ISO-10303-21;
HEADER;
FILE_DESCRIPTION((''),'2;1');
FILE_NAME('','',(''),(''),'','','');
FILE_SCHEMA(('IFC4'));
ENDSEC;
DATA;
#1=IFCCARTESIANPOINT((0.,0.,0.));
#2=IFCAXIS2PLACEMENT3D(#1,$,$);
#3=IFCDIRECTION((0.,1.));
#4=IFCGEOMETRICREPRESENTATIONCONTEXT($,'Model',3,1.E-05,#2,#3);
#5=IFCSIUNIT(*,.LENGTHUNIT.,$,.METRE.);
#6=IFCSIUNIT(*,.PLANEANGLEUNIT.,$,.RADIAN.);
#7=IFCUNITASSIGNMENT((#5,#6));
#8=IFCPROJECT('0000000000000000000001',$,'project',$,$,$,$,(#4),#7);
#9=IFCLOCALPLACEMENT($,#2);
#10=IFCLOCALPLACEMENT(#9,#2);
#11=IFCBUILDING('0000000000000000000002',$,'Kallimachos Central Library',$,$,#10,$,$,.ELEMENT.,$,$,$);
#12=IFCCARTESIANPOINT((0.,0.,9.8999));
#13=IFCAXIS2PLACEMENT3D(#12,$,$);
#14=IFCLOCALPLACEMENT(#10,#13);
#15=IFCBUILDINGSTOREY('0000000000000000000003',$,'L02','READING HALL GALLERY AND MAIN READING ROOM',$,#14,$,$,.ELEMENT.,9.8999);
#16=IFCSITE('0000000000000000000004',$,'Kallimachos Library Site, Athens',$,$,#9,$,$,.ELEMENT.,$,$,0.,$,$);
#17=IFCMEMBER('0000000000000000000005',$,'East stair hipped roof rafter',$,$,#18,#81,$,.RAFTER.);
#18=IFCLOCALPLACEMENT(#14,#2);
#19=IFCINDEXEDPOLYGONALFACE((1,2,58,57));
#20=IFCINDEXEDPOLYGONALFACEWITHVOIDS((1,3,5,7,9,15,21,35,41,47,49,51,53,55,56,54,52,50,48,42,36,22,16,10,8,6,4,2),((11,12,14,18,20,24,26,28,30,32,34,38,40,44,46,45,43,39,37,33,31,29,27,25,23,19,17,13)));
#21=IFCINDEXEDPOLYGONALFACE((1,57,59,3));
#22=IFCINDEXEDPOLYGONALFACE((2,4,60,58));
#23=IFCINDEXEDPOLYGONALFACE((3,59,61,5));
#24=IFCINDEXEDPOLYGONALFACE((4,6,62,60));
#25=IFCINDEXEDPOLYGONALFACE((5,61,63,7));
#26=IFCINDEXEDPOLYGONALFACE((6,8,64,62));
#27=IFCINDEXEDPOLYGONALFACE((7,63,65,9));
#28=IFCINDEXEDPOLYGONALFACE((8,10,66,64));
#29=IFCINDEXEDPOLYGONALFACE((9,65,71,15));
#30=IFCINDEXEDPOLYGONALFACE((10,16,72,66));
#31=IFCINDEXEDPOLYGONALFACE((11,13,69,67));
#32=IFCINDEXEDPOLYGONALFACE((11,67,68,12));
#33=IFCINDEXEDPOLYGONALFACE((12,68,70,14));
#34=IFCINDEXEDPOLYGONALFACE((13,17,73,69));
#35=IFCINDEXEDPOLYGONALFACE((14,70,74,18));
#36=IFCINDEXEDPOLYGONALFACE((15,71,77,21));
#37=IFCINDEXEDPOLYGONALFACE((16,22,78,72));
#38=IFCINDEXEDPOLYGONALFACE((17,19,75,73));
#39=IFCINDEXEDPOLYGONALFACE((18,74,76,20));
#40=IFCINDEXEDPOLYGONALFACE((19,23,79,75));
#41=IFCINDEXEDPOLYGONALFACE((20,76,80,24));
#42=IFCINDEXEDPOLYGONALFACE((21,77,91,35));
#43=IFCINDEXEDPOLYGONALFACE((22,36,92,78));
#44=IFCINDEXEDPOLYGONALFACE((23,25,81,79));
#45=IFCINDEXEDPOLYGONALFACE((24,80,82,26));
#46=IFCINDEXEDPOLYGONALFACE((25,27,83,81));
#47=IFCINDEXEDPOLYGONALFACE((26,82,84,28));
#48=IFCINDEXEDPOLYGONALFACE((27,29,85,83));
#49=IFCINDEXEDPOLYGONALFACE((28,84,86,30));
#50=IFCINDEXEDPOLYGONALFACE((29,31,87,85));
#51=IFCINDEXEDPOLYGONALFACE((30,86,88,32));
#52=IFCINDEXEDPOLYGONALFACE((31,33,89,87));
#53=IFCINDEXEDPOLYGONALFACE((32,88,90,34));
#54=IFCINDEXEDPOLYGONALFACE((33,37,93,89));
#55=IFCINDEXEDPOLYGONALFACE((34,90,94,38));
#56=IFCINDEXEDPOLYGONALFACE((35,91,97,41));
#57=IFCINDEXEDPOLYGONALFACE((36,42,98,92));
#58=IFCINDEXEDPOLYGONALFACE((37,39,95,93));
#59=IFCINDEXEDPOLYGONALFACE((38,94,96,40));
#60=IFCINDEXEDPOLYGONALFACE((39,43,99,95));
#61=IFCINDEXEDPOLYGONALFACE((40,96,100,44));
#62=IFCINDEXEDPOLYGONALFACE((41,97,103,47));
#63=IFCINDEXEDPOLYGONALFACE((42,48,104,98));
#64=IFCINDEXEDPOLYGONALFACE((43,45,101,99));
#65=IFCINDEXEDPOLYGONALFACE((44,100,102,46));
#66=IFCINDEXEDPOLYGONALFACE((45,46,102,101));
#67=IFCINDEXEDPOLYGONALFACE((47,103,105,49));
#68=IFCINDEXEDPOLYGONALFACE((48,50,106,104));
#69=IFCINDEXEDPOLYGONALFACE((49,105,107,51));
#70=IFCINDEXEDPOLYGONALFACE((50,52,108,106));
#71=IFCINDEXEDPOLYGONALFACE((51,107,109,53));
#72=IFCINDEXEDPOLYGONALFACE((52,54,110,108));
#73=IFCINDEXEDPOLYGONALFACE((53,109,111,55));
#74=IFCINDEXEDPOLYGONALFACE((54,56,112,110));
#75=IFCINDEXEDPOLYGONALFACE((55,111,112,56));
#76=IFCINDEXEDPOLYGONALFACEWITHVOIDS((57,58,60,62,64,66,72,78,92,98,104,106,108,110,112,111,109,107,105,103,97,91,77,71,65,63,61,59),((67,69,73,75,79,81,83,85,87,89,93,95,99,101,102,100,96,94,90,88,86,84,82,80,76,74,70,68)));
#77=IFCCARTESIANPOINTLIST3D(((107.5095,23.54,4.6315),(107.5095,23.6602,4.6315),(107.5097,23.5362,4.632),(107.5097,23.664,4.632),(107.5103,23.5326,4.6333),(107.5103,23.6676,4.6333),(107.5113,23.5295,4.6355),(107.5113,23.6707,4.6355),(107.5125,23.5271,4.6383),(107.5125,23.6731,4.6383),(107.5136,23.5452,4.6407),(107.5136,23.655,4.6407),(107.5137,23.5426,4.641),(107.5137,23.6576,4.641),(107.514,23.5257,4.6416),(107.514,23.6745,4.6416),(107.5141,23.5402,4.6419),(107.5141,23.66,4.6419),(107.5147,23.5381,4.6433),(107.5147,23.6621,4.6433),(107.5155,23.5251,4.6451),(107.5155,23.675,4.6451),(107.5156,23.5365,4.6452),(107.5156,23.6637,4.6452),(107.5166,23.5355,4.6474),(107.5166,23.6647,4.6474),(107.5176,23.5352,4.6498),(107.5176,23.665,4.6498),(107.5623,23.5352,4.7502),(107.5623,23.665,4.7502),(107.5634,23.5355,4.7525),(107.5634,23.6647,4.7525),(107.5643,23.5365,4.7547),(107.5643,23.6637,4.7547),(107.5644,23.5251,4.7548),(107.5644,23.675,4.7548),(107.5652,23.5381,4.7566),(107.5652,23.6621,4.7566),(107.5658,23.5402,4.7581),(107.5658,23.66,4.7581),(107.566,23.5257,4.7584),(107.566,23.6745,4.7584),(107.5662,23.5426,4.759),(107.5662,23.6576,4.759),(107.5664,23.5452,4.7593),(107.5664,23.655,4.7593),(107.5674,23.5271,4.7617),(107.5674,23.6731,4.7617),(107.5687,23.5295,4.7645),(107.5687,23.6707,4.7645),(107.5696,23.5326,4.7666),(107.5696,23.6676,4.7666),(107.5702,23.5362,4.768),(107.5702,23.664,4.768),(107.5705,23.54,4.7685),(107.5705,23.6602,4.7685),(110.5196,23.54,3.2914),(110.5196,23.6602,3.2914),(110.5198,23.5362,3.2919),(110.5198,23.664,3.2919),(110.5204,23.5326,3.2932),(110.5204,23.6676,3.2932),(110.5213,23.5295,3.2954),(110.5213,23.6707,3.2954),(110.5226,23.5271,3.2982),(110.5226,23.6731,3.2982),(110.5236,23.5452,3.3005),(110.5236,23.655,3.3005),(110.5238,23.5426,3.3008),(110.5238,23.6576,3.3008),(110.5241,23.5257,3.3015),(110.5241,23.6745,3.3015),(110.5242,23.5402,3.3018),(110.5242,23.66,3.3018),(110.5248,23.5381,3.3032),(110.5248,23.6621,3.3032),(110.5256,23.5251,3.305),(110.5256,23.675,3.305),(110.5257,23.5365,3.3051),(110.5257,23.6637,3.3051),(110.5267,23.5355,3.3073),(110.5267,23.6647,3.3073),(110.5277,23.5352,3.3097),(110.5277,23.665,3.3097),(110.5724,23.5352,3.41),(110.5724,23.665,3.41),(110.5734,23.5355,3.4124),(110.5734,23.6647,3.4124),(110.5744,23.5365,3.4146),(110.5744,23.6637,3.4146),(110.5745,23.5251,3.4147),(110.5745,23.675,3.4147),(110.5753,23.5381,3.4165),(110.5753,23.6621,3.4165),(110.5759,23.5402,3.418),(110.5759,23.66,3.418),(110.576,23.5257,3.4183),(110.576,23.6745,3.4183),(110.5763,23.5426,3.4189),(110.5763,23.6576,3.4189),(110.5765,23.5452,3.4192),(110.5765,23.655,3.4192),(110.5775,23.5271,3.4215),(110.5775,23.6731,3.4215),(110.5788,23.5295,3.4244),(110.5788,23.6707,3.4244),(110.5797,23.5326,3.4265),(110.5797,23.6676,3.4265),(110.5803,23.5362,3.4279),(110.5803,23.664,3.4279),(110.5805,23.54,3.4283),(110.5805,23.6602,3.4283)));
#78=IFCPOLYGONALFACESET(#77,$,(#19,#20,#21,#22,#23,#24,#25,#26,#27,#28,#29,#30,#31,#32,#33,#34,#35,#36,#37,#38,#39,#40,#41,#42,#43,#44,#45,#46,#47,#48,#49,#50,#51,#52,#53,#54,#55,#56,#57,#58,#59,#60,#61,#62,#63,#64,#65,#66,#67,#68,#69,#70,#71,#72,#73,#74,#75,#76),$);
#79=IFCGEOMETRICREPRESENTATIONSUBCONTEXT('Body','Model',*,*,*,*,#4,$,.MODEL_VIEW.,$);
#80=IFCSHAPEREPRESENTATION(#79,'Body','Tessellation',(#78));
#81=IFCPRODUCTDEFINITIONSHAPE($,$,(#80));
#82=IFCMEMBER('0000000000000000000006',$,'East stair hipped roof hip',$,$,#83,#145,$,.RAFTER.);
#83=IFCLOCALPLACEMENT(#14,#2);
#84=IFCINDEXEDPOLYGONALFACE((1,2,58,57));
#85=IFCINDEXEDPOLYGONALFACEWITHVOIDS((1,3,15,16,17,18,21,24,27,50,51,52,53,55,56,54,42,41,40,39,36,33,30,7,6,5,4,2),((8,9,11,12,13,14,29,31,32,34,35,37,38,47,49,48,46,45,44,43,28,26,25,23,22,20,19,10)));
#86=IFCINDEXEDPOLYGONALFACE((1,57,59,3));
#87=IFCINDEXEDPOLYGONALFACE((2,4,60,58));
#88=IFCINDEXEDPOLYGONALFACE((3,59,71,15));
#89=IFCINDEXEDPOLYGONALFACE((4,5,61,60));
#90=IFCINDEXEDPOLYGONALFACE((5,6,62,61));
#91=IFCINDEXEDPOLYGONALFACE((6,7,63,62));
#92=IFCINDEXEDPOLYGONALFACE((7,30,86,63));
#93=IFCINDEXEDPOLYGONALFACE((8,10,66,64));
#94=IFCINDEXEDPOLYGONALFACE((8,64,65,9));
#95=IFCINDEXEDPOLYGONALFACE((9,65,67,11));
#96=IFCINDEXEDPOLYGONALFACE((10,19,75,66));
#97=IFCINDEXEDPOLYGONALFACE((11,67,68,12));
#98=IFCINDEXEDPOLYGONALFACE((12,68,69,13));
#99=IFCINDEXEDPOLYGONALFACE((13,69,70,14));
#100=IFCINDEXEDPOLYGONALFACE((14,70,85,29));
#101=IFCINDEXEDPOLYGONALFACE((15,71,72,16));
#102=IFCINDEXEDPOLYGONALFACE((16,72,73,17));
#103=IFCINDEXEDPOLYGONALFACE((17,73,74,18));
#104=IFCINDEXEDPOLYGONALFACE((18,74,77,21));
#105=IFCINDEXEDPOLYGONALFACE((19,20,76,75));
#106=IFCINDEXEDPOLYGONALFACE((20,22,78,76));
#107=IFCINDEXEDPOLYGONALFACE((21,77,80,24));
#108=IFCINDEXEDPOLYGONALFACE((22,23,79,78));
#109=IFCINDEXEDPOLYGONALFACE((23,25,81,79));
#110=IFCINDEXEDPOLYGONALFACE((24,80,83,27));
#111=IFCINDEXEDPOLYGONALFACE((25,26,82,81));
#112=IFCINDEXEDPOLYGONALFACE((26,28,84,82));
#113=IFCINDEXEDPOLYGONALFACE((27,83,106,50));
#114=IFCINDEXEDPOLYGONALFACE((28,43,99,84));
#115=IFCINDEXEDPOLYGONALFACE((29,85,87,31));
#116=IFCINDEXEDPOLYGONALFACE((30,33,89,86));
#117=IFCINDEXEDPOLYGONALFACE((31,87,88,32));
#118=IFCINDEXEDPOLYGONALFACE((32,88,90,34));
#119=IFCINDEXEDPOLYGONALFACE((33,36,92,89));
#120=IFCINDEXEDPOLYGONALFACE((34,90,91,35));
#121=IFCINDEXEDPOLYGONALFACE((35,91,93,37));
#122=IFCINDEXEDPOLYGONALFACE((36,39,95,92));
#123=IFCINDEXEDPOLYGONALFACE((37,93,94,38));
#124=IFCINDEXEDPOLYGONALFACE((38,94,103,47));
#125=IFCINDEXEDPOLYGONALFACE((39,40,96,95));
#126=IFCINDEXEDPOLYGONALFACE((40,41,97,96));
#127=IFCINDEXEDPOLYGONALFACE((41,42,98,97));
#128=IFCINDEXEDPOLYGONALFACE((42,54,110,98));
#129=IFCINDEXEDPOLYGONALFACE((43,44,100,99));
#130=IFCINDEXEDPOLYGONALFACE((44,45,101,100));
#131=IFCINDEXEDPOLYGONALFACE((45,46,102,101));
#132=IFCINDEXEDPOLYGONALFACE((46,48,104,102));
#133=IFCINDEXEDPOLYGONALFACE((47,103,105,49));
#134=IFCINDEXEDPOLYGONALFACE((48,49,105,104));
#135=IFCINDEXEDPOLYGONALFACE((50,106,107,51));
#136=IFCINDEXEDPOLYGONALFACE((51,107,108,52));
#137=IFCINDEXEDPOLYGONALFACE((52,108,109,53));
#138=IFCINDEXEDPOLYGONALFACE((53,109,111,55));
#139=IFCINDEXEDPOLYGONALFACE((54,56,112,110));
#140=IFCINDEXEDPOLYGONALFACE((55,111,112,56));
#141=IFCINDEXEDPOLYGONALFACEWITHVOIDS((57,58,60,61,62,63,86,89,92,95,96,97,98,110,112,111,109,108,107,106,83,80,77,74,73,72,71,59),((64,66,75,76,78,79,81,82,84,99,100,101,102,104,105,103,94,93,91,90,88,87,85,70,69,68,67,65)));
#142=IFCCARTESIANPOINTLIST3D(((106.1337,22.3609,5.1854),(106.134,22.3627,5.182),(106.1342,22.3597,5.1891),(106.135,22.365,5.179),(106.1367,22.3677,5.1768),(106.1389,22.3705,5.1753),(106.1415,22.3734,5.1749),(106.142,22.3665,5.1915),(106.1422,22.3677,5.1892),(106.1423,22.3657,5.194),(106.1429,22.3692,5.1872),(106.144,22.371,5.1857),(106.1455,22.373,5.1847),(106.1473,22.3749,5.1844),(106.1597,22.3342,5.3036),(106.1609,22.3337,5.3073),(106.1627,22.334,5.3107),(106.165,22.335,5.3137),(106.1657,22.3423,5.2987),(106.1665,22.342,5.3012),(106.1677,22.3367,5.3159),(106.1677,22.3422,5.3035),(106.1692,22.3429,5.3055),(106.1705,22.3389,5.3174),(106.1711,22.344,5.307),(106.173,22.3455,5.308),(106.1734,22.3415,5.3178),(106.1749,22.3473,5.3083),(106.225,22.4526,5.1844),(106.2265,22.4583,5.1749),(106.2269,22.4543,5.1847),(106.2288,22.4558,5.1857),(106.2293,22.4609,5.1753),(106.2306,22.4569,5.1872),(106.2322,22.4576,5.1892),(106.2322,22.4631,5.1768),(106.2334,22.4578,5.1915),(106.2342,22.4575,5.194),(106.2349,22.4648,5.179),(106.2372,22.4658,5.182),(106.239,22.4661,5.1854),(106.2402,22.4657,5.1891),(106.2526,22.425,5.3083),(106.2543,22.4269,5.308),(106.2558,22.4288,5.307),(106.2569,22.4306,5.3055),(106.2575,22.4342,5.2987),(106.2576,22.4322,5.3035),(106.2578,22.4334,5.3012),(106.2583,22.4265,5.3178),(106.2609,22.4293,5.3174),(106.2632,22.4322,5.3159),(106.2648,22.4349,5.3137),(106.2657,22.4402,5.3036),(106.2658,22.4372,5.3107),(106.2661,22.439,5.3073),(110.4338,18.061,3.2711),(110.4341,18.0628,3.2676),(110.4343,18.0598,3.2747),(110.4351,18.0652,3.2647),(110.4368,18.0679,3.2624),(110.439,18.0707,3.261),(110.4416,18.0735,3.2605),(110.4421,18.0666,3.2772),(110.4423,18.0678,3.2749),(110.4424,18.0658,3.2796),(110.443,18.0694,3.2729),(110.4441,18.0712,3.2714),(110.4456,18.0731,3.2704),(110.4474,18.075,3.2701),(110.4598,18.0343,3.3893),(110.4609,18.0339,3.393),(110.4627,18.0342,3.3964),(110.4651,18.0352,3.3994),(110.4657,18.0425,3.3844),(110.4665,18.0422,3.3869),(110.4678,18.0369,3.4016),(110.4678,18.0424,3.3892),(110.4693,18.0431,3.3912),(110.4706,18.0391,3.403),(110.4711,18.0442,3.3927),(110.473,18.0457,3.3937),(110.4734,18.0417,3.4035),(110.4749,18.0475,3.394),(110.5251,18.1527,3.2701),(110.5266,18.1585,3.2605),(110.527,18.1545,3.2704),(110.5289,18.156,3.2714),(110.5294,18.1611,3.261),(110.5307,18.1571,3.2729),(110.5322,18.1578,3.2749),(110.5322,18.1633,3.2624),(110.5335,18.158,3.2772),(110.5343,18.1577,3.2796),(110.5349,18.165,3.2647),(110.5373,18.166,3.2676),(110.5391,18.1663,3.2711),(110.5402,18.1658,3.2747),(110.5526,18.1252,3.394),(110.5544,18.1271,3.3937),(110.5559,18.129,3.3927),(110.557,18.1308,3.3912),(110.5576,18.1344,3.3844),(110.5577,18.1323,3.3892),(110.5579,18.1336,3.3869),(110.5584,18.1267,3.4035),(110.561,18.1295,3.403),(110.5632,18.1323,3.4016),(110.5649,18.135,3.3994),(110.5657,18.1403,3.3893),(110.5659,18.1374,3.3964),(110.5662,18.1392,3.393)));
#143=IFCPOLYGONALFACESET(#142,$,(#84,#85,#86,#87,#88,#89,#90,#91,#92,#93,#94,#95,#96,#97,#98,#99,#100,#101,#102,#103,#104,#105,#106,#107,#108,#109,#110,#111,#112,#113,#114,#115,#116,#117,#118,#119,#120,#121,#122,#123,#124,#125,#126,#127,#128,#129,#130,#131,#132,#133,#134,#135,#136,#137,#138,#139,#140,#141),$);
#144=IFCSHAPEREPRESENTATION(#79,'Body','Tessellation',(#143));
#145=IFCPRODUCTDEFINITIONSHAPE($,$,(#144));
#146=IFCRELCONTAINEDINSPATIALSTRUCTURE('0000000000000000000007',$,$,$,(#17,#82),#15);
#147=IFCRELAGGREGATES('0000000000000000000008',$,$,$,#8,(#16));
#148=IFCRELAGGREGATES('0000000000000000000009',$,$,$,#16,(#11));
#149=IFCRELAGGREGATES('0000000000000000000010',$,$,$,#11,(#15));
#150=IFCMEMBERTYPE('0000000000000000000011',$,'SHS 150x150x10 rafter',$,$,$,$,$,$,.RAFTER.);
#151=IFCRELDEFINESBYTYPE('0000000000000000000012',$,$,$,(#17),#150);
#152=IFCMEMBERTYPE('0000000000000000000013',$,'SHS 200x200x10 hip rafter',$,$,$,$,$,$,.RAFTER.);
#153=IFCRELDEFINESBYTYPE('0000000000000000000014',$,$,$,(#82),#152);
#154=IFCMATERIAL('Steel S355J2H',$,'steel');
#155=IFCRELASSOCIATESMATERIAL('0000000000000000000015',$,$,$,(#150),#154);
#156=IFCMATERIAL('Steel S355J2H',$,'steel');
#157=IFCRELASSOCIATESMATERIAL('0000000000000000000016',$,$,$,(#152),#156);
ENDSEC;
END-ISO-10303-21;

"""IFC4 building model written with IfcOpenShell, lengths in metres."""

from ifc_helpers import new_model, si_unit, direction, frame, origin, origin_2d, place, context, subcontext, project, spatial, hollow_rectangle, extrude, material, material_profile, profile_set, type_object, element, save


model = new_model("IFC4")

# Units and contexts
model_context = context("Model", 3, precision=1e-05, world=origin(), true_north=direction((0.0, 1.0)))
body_context = subcontext(model_context, "Body", "Model", "MODEL_VIEW")
ifc_project = project(units=[si_unit("LENGTHUNIT", "METRE"), si_unit("PLANEANGLEUNIT", "RADIAN")], contexts=[model_context])

# Site, building, storey
site_placement = place(None, origin())
site = spatial("IfcSite", under=ifc_project, at=site_placement, Name="Kallimachos Library Site, Athens", CompositionType="ELEMENT", RefElevation=0.0)
building_placement = place(site_placement, origin())
building = spatial("IfcBuilding", under=site, at=building_placement, Name="Kallimachos Central Library", CompositionType="ELEMENT")
storey_placement = place(building_placement, frame((0.0, 0.0, 9.8999)))
storey = spatial("IfcBuildingStorey", under=building, at=storey_placement, Name="L02", Description="READING HALL GALLERY AND MAIN READING ROOM", CompositionType="ELEMENT", Elevation=9.8999)

# Members
ifc_material_1 = material(Name="Steel S355J2H", Category="steel")
ifc_material_profile_1 = material_profile(ifc_material_1, hollow_rectangle(XDim=0.1499, YDim=0.1499, WallThickness=0.01, InnerFilletRadius=0.01, OuterFilletRadius=0.0149, at=origin_2d()), Name="SHS 150x150x10")
ifc_profile_set_1 = profile_set([ifc_material_profile_1], Name="Steel S355J2H")
member_type_1 = type_object("IfcMemberType", Name="SHS 150x150x10 rafter", PredefinedType="RAFTER", material=ifc_profile_set_1)
member_1_placement = place(storey_placement, frame((110.55, 23.6001, 3.3599), z_axis=(-0.913552, 0.0, 0.406723), x_axis=(0.0, -1.0, 0.0)))
element("IfcMember", 1, at=member_1_placement, inside=storey, type_object=member_type_1, Name="East stair hipped roof rafter", PredefinedType="RAFTER", context=body_context, shape_type="SweptSolid", body=[
    extrude(hollow_rectangle(XDim=0.1499, YDim=0.1499, WallThickness=0.01, InnerFilletRadius=0.01, OuterFilletRadius=0.0149, at=origin_2d()), origin(), (0.0, 0.0, 1.0), 3.2949),
])
ifc_material_2 = material(Name="Steel S355J2H", Category="steel")
ifc_material_profile_2 = material_profile(ifc_material_2, hollow_rectangle(XDim=0.1499, YDim=0.1499, WallThickness=0.01, InnerFilletRadius=0.01, OuterFilletRadius=0.0149, at=origin_2d()), Name="SHS 150x150x10")
ifc_profile_set_2 = profile_set([ifc_material_profile_2], Name="Steel S355J2H")
member_type_2 = type_object("IfcMemberType", Name="SHS 200x200x10 hip rafter", PredefinedType="RAFTER", material=ifc_profile_set_2)
member_2_placement = place(storey_placement, frame((110.5, 18.1001, 3.332), z_axis=(-0.674495, 0.674457, 0.300273), x_axis=(-0.707087, -0.707127, 0.0)))
element("IfcMember", 2, at=member_2_placement, inside=storey, type_object=member_type_2, Name="East stair hipped roof hip", PredefinedType="RAFTER", context=body_context, shape_type="SweptSolid", body=[
    extrude(hollow_rectangle(XDim=0.1499, YDim=0.1499, WallThickness=0.01, InnerFilletRadius=0.01, OuterFilletRadius=0.0149, at=origin_2d()), origin(), (0.0, 0.0, 1.0), 6.3752),
])

save(model, "model.ifc")
